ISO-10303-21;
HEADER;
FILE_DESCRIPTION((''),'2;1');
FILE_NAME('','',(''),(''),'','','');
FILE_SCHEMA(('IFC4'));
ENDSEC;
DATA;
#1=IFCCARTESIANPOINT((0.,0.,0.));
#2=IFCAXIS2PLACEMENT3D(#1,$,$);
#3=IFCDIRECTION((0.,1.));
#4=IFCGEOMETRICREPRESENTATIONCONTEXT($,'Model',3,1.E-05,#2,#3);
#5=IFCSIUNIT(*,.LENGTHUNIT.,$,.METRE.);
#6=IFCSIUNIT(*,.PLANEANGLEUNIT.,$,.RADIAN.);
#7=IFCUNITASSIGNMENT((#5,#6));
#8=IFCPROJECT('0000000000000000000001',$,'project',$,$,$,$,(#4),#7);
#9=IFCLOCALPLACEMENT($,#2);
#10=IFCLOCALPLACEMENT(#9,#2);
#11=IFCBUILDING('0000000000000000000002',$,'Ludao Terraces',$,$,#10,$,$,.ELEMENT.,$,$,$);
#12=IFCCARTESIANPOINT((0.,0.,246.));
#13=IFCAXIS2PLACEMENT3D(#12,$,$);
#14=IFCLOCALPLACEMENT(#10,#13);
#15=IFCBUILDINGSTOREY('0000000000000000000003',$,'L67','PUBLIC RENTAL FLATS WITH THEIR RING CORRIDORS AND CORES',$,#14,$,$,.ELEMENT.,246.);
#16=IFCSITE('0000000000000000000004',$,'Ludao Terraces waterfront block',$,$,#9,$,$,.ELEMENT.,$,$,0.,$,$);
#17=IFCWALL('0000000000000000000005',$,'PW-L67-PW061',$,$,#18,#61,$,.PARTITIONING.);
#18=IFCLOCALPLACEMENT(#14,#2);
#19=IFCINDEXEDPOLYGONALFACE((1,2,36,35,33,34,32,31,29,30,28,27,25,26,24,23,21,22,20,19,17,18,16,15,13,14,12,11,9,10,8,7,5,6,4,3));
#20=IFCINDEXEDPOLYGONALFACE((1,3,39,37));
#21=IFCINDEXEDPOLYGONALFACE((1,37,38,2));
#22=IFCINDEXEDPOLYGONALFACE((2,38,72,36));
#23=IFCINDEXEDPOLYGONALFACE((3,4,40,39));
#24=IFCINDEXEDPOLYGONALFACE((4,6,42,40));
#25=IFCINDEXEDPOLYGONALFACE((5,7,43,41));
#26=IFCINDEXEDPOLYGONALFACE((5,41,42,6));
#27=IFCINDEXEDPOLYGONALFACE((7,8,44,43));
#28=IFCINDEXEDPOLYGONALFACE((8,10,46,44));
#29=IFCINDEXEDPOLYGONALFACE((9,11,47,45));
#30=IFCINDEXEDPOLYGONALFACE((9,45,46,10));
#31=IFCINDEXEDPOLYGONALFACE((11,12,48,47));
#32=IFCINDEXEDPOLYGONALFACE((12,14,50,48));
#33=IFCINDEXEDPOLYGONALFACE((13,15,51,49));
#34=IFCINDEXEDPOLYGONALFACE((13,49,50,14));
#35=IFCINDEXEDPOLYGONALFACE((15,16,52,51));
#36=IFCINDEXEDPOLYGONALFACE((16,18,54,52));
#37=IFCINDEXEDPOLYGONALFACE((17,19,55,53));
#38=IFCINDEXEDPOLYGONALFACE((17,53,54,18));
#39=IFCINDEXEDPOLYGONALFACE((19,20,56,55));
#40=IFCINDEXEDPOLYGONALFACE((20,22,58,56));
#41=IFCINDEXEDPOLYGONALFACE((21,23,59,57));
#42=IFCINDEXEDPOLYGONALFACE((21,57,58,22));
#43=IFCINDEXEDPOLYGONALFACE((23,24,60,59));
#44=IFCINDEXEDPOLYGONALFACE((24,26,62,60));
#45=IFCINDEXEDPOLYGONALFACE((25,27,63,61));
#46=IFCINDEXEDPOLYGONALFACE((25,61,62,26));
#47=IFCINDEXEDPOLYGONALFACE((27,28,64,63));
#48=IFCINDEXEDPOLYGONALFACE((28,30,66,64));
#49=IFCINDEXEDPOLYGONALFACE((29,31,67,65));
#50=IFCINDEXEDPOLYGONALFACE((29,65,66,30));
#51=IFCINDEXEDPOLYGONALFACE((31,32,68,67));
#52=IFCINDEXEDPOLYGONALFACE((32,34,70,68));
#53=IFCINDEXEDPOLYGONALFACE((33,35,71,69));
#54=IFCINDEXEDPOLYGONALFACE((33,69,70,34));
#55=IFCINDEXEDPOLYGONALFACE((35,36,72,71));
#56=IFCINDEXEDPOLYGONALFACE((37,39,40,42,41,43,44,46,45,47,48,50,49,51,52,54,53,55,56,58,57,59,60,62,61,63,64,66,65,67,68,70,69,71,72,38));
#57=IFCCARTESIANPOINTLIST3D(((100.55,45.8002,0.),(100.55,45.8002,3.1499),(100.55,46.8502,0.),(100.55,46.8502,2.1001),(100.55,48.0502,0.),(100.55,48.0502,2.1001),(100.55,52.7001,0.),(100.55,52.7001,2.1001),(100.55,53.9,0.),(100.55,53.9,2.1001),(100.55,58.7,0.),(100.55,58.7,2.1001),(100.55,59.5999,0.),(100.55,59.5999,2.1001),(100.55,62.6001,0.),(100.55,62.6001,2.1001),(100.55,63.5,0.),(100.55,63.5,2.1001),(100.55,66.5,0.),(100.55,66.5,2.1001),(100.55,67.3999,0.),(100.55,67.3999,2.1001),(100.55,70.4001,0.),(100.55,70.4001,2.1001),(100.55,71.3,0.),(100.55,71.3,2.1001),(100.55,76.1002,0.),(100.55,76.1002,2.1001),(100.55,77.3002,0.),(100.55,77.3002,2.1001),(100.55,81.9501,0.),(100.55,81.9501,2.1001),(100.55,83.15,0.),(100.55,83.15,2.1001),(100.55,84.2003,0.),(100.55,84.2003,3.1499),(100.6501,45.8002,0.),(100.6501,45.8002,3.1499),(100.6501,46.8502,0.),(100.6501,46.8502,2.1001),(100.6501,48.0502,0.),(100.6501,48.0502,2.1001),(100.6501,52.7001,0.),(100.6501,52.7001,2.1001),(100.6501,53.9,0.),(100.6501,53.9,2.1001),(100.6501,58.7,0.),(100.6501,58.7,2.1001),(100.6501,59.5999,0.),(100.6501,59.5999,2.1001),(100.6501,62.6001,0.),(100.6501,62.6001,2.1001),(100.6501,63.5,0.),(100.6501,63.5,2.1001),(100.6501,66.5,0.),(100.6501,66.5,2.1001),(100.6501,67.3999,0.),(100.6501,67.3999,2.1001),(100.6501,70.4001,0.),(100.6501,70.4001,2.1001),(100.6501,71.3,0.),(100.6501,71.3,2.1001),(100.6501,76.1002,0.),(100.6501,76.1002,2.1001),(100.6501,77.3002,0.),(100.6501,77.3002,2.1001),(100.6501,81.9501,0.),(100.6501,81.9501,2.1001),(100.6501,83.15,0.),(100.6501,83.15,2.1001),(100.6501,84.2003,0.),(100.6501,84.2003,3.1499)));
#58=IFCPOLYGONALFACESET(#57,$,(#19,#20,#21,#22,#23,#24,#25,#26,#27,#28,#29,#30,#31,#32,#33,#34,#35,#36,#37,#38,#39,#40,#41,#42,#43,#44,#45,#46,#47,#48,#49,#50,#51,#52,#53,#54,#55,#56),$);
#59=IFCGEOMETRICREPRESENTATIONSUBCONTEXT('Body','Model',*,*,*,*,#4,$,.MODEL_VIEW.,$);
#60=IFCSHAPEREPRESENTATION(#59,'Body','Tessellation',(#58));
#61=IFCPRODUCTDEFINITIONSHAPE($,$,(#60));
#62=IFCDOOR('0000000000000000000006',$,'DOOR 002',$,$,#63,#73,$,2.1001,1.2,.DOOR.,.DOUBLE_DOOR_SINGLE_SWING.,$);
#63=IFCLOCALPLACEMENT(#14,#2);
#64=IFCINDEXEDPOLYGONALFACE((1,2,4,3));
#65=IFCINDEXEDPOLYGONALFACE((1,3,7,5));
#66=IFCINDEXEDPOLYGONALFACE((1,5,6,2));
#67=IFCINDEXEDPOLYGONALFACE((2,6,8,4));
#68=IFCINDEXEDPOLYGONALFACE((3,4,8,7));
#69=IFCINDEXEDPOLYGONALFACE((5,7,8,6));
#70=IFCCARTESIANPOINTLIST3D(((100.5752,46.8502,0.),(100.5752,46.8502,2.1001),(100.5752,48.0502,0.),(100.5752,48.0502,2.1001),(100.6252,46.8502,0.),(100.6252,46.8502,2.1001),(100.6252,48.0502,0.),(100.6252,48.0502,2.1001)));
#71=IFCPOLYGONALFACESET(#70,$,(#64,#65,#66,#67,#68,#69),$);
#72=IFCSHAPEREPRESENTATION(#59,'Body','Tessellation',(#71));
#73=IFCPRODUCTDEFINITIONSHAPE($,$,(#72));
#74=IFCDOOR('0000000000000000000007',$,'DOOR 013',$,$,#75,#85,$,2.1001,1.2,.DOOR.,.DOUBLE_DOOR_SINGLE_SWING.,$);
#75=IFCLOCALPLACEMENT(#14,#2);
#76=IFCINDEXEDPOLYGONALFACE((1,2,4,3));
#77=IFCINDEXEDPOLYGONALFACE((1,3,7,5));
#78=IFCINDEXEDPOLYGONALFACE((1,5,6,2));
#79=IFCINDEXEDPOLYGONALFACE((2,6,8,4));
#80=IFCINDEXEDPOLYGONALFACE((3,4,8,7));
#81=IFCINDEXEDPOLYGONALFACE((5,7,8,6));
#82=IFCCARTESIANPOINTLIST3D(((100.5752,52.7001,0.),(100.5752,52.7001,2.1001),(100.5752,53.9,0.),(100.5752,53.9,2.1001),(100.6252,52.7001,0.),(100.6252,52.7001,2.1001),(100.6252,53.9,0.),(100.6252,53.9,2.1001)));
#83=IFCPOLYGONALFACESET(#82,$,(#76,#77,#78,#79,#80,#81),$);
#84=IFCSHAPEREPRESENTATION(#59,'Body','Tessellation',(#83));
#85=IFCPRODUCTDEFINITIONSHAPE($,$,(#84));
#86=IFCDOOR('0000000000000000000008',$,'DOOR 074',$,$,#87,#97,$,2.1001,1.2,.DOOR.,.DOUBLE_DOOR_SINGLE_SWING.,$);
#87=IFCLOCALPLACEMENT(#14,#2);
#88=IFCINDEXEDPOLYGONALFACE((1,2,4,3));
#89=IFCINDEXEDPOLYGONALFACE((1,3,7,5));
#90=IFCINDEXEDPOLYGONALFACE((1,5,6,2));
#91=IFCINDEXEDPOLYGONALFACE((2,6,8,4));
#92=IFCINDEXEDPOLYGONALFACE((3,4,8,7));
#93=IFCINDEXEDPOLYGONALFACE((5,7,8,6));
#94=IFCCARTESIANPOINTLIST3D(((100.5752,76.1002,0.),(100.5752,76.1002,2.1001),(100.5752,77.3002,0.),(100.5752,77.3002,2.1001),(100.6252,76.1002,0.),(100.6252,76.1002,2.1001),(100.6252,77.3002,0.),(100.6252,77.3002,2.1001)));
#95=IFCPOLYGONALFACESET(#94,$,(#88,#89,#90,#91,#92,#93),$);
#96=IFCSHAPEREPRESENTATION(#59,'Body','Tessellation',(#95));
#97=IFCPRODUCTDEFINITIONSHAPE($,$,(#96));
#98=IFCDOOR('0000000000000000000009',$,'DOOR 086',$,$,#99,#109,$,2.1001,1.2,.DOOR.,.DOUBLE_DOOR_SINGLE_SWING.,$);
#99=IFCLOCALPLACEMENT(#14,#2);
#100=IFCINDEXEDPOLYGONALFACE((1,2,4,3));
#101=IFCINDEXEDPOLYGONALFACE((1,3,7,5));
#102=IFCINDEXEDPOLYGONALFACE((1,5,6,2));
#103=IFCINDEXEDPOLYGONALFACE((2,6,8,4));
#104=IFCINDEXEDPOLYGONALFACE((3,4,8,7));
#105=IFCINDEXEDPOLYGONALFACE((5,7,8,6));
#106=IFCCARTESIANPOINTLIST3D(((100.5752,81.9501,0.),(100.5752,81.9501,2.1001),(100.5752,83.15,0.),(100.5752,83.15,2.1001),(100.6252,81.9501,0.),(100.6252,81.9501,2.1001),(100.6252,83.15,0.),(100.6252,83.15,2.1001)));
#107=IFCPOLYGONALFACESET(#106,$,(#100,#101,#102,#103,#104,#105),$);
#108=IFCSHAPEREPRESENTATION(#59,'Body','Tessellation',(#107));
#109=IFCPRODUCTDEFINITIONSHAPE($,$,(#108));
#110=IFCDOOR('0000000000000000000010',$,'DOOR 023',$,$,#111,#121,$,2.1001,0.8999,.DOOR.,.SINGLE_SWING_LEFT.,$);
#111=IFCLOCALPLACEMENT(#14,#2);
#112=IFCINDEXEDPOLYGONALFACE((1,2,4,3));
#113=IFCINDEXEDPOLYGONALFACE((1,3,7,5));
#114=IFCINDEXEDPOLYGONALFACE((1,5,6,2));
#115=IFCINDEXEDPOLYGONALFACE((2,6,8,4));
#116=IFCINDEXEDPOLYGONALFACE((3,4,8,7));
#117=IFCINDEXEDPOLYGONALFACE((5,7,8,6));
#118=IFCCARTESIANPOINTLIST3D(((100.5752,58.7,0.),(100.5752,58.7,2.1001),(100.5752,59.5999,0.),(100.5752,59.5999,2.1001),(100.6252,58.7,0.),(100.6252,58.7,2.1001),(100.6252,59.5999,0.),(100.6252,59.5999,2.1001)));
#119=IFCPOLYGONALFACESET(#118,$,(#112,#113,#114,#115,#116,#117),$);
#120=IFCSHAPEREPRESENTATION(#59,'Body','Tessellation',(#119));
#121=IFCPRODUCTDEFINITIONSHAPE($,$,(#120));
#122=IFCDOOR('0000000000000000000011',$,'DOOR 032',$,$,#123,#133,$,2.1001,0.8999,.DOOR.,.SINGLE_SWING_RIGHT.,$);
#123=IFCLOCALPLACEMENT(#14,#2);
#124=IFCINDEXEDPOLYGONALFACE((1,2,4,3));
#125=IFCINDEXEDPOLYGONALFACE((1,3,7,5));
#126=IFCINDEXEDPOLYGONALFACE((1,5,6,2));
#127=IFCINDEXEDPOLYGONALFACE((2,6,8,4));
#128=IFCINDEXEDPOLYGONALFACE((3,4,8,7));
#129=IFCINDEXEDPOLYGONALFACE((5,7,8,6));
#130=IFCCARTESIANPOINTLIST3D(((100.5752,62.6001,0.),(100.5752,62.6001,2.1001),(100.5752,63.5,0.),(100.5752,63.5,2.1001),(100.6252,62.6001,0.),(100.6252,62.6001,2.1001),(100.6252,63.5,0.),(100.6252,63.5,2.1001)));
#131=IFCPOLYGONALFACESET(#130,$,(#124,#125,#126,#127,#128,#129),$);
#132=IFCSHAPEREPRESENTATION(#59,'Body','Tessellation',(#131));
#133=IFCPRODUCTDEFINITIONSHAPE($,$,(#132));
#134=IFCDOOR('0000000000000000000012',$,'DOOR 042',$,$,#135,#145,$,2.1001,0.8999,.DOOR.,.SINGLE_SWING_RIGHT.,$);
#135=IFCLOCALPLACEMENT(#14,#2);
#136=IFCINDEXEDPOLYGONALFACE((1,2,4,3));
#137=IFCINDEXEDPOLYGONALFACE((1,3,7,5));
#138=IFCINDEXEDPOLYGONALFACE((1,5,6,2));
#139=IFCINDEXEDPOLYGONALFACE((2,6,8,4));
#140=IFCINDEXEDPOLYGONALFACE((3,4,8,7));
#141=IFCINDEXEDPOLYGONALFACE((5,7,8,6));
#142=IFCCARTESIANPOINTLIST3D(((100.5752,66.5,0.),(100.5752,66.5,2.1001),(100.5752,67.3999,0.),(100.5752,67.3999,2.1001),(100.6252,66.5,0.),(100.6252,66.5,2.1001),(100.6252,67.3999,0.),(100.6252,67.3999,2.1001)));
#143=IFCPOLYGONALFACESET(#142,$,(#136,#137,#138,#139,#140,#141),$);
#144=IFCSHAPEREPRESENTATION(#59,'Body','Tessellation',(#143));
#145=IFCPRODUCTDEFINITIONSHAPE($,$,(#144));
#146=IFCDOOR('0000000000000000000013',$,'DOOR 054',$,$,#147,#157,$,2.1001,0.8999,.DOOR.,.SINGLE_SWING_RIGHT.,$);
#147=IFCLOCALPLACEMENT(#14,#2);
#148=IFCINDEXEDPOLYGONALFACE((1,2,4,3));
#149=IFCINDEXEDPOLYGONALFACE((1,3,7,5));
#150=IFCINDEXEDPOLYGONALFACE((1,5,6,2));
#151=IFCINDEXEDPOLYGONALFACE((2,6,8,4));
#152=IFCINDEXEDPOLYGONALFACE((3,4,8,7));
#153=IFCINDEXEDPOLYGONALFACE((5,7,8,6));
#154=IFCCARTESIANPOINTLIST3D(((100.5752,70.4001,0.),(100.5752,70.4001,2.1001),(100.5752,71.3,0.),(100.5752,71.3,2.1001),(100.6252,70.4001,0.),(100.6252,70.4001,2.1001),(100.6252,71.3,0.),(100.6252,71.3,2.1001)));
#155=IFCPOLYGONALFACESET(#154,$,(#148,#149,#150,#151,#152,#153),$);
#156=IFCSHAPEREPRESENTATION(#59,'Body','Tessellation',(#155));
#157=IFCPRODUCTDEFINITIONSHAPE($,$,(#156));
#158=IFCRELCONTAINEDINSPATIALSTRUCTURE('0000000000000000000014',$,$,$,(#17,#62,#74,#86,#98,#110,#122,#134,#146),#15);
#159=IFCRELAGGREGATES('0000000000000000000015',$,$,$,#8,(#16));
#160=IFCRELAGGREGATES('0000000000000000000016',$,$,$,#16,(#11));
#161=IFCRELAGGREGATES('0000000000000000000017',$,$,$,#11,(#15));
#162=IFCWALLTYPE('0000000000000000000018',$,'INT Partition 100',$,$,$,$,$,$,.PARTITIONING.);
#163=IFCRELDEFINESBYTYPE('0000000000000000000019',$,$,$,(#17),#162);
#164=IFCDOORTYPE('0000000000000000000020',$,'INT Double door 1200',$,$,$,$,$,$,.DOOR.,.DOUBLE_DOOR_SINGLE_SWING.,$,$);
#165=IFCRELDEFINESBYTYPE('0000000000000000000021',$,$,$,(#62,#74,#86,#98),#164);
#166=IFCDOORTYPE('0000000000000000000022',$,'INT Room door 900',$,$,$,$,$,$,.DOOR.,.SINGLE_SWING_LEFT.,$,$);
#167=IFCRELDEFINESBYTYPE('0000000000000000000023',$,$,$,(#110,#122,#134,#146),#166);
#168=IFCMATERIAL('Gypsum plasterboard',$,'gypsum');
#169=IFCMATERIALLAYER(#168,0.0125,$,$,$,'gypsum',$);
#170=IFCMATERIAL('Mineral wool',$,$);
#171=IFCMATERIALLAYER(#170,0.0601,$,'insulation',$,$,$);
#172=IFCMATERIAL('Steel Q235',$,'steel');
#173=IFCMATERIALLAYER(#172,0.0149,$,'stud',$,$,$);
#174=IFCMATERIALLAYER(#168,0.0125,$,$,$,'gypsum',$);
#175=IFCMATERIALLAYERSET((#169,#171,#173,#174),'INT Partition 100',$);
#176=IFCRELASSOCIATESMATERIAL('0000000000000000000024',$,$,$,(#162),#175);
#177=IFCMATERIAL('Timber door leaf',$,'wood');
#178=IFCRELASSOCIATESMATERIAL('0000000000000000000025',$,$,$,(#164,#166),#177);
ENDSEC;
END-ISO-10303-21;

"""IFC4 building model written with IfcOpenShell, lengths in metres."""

from ifc_helpers import new_model, si_unit, direction, frame, frame_2d, origin, place, context, subcontext, project, spatial, rectangle, extrude, material, layer, layer_set, type_object, element, fill, save


model = new_model("IFC4")

# Units and contexts
model_context = context("Model", 3, precision=1e-05, world=origin(), true_north=direction((0.0, 1.0)))
body_context = subcontext(model_context, "Body", "Model", "MODEL_VIEW")
ifc_project = project(units=[si_unit("LENGTHUNIT", "METRE"), si_unit("PLANEANGLEUNIT", "RADIAN")], contexts=[model_context])

# Site, building, storey
site_placement = place(None, origin())
site = spatial("IfcSite", under=ifc_project, at=site_placement, Name="Ludao Terraces waterfront block", CompositionType="ELEMENT", RefElevation=0.0)
building_placement = place(site_placement, origin())
building = spatial("IfcBuilding", under=site, at=building_placement, Name="Ludao Terraces", CompositionType="ELEMENT")
storey_placement = place(building_placement, frame((0.0, 0.0, 246.0)))
storey = spatial("IfcBuildingStorey", under=building, at=storey_placement, Name="L67", Description="PUBLIC RENTAL FLATS WITH THEIR RING CORRIDORS AND CORES", CompositionType="ELEMENT", Elevation=246.0)

# Shared definitions
ifc_material_1 = material(Name="Mineral wool")

# Wall, openings, doors
ifc_material_2 = material(Name="Steel Q235", Category="steel")
ifc_material_3 = material(Name="Gypsum plasterboard", Category="gypsum")
ifc_layer_1 = layer(ifc_material_3, 0.0125, Category="gypsum")
ifc_layer_2 = layer(ifc_material_1, 0.0601, Name="insulation")
ifc_layer_3 = layer(ifc_material_2, 0.0149, Name="stud")
ifc_layer_4 = layer(ifc_material_3, 0.0125, Category="gypsum")
ifc_layer_set_1 = layer_set([ifc_layer_1, ifc_layer_2, ifc_layer_3, ifc_layer_4], Name="INT Partition 100")
wall_type_1 = type_object("IfcWallType", Name="INT Partition 100", PredefinedType="PARTITIONING", material=ifc_layer_set_1)
ifc_material_4 = material(Name="Timber door leaf", Category="wood")
wall_1_placement = place(storey_placement, frame((100.6001, 45.8, 0.0), z_axis=(0.0, 0.0, 1.0), x_axis=(0.0, 1.0, 0.0)))
wall_1 = element("IfcWall", 1, at=wall_1_placement, inside=storey, type_object=wall_type_1, Name="PW-L67-PW061", PredefinedType="PARTITIONING", context=body_context, shape_type="SweptSolid", body=[
    extrude(rectangle(XDim=38.4001, YDim=0.1001, at=frame_2d((19.2002, 0.0))), origin(), (0.0, 0.0, 1.0), 3.1499),
])
opening_1_placement = place(wall_1_placement, frame((1.05, 0.0, 0.0)))
opening_1 = element("IfcOpeningElement", 2, at=opening_1_placement, cuts=wall_1, PredefinedType="OPENING", context=body_context, shape_type="SweptSolid", body=[
    extrude(rectangle(XDim=1.2, YDim=2.1001, at=frame_2d((0.6001, 1.05))), frame((0.0, 0.0601, 0.0), z_axis=(0.0, -1.0, 0.0), x_axis=(1.0, 0.0, 0.0)), (0.0, 0.0, 1.0), 0.1201),
])
opening_2_placement = place(wall_1_placement, frame((6.8999, 0.0, 0.0)))
opening_2 = element("IfcOpeningElement", 3, at=opening_2_placement, cuts=wall_1, PredefinedType="OPENING", context=body_context, shape_type="SweptSolid", body=[
    extrude(rectangle(XDim=1.2, YDim=2.1001, at=frame_2d((0.6001, 1.05))), frame((0.0, 0.0601, 0.0), z_axis=(0.0, -1.0, 0.0), x_axis=(1.0, 0.0, 0.0)), (0.0, 0.0, 1.0), 0.1201),
])
opening_3_placement = place(wall_1_placement, frame((12.8999, 0.0, 0.0)))
opening_3 = element("IfcOpeningElement", 4, at=opening_3_placement, cuts=wall_1, PredefinedType="OPENING", context=body_context, shape_type="SweptSolid", body=[
    extrude(rectangle(XDim=0.8999, YDim=2.1001, at=frame_2d((0.45, 1.05))), frame((0.0, 0.0601, 0.0), z_axis=(0.0, -1.0, 0.0), x_axis=(1.0, 0.0, 0.0)), (0.0, 0.0, 1.0), 0.1201),
])
opening_4_placement = place(wall_1_placement, frame((16.8, 0.0, 0.0)))
opening_4 = element("IfcOpeningElement", 5, at=opening_4_placement, cuts=wall_1, PredefinedType="OPENING", context=body_context, shape_type="SweptSolid", body=[
    extrude(rectangle(XDim=0.8999, YDim=2.1001, at=frame_2d((0.45, 1.05))), frame((0.0, 0.0601, 0.0), z_axis=(0.0, -1.0, 0.0), x_axis=(1.0, 0.0, 0.0)), (0.0, 0.0, 1.0), 0.1201),
])
opening_5_placement = place(wall_1_placement, frame((20.7, 0.0, 0.0)))
opening_5 = element("IfcOpeningElement", 6, at=opening_5_placement, cuts=wall_1, PredefinedType="OPENING", context=body_context, shape_type="SweptSolid", body=[
    extrude(rectangle(XDim=0.8999, YDim=2.1001, at=frame_2d((0.45, 1.05))), frame((0.0, 0.0601, 0.0), z_axis=(0.0, -1.0, 0.0), x_axis=(1.0, 0.0, 0.0)), (0.0, 0.0, 1.0), 0.1201),
])
opening_6_placement = place(wall_1_placement, frame((24.6001, 0.0, 0.0)))
opening_6 = element("IfcOpeningElement", 7, at=opening_6_placement, cuts=wall_1, PredefinedType="OPENING", context=body_context, shape_type="SweptSolid", body=[
    extrude(rectangle(XDim=0.8999, YDim=2.1001, at=frame_2d((0.45, 1.05))), frame((0.0, 0.0601, 0.0), z_axis=(0.0, -1.0, 0.0), x_axis=(1.0, 0.0, 0.0)), (0.0, 0.0, 1.0), 0.1201),
])
opening_7_placement = place(wall_1_placement, frame((30.3, 0.0, 0.0)))
opening_7 = element("IfcOpeningElement", 8, at=opening_7_placement, cuts=wall_1, PredefinedType="OPENING", context=body_context, shape_type="SweptSolid", body=[
    extrude(rectangle(XDim=1.2, YDim=2.1001, at=frame_2d((0.6001, 1.05))), frame((0.0, 0.0601, 0.0), z_axis=(0.0, -1.0, 0.0), x_axis=(1.0, 0.0, 0.0)), (0.0, 0.0, 1.0), 0.1201),
])
opening_8_placement = place(wall_1_placement, frame((36.1499, 0.0, 0.0)))
opening_8 = element("IfcOpeningElement", 9, at=opening_8_placement, cuts=wall_1, PredefinedType="OPENING", context=body_context, shape_type="SweptSolid", body=[
    extrude(rectangle(XDim=1.2, YDim=2.1001, at=frame_2d((0.6001, 1.05))), frame((0.0, 0.0601, 0.0), z_axis=(0.0, -1.0, 0.0), x_axis=(1.0, 0.0, 0.0)), (0.0, 0.0, 1.0), 0.1201),
])
door_type_1 = type_object("IfcDoorType", Name="INT Double door 1200", OperationType="DOUBLE_DOOR_SINGLE_SWING", PredefinedType="DOOR", material=ifc_material_4)
door_1_placement = place(opening_1_placement, origin())
door_1 = element("IfcDoor", 10, at=door_1_placement, inside=storey, type_object=door_type_1, Name="DOOR 002", OperationType="DOUBLE_DOOR_SINGLE_SWING", OverallHeight=2.1001, OverallWidth=1.2, PredefinedType="DOOR", context=body_context, shape_type="SweptSolid", body=[
    extrude(rectangle(XDim=1.2, YDim=2.1001, at=frame_2d((0.6001, 1.05))), frame((0.0, 0.0249, 0.0), z_axis=(0.0, -1.0, 0.0), x_axis=(1.0, 0.0, 0.0)), (0.0, 0.0, 1.0), 0.05),
])
fill(opening_1, door_1)
door_2_placement = place(opening_2_placement, origin())
door_2 = element("IfcDoor", 11, at=door_2_placement, inside=storey, type_object=door_type_1, Name="DOOR 013", OperationType="DOUBLE_DOOR_SINGLE_SWING", OverallHeight=2.1001, OverallWidth=1.2, PredefinedType="DOOR", context=body_context, shape_type="SweptSolid", body=[
    extrude(rectangle(XDim=1.2, YDim=2.1001, at=frame_2d((0.6001, 1.05))), frame((0.0, 0.0249, 0.0), z_axis=(0.0, -1.0, 0.0), x_axis=(1.0, 0.0, 0.0)), (0.0, 0.0, 1.0), 0.05),
])
fill(opening_2, door_2)
door_3_placement = place(opening_7_placement, origin())
door_3 = element("IfcDoor", 12, at=door_3_placement, inside=storey, type_object=door_type_1, Name="DOOR 074", OperationType="DOUBLE_DOOR_SINGLE_SWING", OverallHeight=2.1001, OverallWidth=1.2, PredefinedType="DOOR", context=body_context, shape_type="SweptSolid", body=[
    extrude(rectangle(XDim=1.2, YDim=2.1001, at=frame_2d((0.6001, 1.05))), frame((0.0, 0.0249, 0.0), z_axis=(0.0, -1.0, 0.0), x_axis=(1.0, 0.0, 0.0)), (0.0, 0.0, 1.0), 0.05),
])
fill(opening_7, door_3)
door_4_placement = place(opening_8_placement, origin())
door_4 = element("IfcDoor", 13, at=door_4_placement, inside=storey, type_object=door_type_1, Name="DOOR 086", OperationType="DOUBLE_DOOR_SINGLE_SWING", OverallHeight=2.1001, OverallWidth=1.2, PredefinedType="DOOR", context=body_context, shape_type="SweptSolid", body=[
    extrude(rectangle(XDim=1.2, YDim=2.1001, at=frame_2d((0.6001, 1.05))), frame((0.0, 0.0249, 0.0), z_axis=(0.0, -1.0, 0.0), x_axis=(1.0, 0.0, 0.0)), (0.0, 0.0, 1.0), 0.05),
])
fill(opening_8, door_4)
door_type_2 = type_object("IfcDoorType", Name="INT Room door 900", OperationType="SINGLE_SWING_LEFT", PredefinedType="DOOR", material=ifc_material_4)
door_5_placement = place(opening_3_placement, origin())
door_5 = element("IfcDoor", 14, at=door_5_placement, inside=storey, type_object=door_type_2, Name="DOOR 023", OperationType="SINGLE_SWING_LEFT", OverallHeight=2.1001, OverallWidth=0.8999, PredefinedType="DOOR", context=body_context, shape_type="SweptSolid", body=[
    extrude(rectangle(XDim=0.8999, YDim=2.1001, at=frame_2d((0.45, 1.05))), frame((0.0, 0.0249, 0.0), z_axis=(0.0, -1.0, 0.0), x_axis=(1.0, 0.0, 0.0)), (0.0, 0.0, 1.0), 0.05),
])
fill(opening_3, door_5)
door_6_placement = place(opening_4_placement, origin())
door_6 = element("IfcDoor", 15, at=door_6_placement, inside=storey, type_object=door_type_2, Name="DOOR 032", OperationType="SINGLE_SWING_RIGHT", OverallHeight=2.1001, OverallWidth=0.8999, PredefinedType="DOOR", context=body_context, shape_type="SweptSolid", body=[
    extrude(rectangle(XDim=0.8999, YDim=2.1001, at=frame_2d((0.45, 1.05))), frame((0.0, 0.0249, 0.0), z_axis=(0.0, -1.0, 0.0), x_axis=(1.0, 0.0, 0.0)), (0.0, 0.0, 1.0), 0.05),
])
fill(opening_4, door_6)
door_7_placement = place(opening_5_placement, origin())
door_7 = element("IfcDoor", 16, at=door_7_placement, inside=storey, type_object=door_type_2, Name="DOOR 042", OperationType="SINGLE_SWING_RIGHT", OverallHeight=2.1001, OverallWidth=0.8999, PredefinedType="DOOR", context=body_context, shape_type="SweptSolid", body=[
    extrude(rectangle(XDim=0.8999, YDim=2.1001, at=frame_2d((0.45, 1.05))), frame((0.0, 0.0249, 0.0), z_axis=(0.0, -1.0, 0.0), x_axis=(1.0, 0.0, 0.0)), (0.0, 0.0, 1.0), 0.05),
])
fill(opening_5, door_7)
door_8_placement = place(opening_6_placement, origin())
door_8 = element("IfcDoor", 17, at=door_8_placement, inside=storey, type_object=door_type_2, Name="DOOR 054", OperationType="SINGLE_SWING_RIGHT", OverallHeight=2.1001, OverallWidth=0.8999, PredefinedType="DOOR", context=body_context, shape_type="SweptSolid", body=[
    extrude(rectangle(XDim=0.8999, YDim=2.1001, at=frame_2d((0.45, 1.05))), frame((0.0, 0.0249, 0.0), z_axis=(0.0, -1.0, 0.0), x_axis=(1.0, 0.0, 0.0)), (0.0, 0.0, 1.0), 0.05),
])
fill(opening_6, door_8)

save(model, "model.ifc")
